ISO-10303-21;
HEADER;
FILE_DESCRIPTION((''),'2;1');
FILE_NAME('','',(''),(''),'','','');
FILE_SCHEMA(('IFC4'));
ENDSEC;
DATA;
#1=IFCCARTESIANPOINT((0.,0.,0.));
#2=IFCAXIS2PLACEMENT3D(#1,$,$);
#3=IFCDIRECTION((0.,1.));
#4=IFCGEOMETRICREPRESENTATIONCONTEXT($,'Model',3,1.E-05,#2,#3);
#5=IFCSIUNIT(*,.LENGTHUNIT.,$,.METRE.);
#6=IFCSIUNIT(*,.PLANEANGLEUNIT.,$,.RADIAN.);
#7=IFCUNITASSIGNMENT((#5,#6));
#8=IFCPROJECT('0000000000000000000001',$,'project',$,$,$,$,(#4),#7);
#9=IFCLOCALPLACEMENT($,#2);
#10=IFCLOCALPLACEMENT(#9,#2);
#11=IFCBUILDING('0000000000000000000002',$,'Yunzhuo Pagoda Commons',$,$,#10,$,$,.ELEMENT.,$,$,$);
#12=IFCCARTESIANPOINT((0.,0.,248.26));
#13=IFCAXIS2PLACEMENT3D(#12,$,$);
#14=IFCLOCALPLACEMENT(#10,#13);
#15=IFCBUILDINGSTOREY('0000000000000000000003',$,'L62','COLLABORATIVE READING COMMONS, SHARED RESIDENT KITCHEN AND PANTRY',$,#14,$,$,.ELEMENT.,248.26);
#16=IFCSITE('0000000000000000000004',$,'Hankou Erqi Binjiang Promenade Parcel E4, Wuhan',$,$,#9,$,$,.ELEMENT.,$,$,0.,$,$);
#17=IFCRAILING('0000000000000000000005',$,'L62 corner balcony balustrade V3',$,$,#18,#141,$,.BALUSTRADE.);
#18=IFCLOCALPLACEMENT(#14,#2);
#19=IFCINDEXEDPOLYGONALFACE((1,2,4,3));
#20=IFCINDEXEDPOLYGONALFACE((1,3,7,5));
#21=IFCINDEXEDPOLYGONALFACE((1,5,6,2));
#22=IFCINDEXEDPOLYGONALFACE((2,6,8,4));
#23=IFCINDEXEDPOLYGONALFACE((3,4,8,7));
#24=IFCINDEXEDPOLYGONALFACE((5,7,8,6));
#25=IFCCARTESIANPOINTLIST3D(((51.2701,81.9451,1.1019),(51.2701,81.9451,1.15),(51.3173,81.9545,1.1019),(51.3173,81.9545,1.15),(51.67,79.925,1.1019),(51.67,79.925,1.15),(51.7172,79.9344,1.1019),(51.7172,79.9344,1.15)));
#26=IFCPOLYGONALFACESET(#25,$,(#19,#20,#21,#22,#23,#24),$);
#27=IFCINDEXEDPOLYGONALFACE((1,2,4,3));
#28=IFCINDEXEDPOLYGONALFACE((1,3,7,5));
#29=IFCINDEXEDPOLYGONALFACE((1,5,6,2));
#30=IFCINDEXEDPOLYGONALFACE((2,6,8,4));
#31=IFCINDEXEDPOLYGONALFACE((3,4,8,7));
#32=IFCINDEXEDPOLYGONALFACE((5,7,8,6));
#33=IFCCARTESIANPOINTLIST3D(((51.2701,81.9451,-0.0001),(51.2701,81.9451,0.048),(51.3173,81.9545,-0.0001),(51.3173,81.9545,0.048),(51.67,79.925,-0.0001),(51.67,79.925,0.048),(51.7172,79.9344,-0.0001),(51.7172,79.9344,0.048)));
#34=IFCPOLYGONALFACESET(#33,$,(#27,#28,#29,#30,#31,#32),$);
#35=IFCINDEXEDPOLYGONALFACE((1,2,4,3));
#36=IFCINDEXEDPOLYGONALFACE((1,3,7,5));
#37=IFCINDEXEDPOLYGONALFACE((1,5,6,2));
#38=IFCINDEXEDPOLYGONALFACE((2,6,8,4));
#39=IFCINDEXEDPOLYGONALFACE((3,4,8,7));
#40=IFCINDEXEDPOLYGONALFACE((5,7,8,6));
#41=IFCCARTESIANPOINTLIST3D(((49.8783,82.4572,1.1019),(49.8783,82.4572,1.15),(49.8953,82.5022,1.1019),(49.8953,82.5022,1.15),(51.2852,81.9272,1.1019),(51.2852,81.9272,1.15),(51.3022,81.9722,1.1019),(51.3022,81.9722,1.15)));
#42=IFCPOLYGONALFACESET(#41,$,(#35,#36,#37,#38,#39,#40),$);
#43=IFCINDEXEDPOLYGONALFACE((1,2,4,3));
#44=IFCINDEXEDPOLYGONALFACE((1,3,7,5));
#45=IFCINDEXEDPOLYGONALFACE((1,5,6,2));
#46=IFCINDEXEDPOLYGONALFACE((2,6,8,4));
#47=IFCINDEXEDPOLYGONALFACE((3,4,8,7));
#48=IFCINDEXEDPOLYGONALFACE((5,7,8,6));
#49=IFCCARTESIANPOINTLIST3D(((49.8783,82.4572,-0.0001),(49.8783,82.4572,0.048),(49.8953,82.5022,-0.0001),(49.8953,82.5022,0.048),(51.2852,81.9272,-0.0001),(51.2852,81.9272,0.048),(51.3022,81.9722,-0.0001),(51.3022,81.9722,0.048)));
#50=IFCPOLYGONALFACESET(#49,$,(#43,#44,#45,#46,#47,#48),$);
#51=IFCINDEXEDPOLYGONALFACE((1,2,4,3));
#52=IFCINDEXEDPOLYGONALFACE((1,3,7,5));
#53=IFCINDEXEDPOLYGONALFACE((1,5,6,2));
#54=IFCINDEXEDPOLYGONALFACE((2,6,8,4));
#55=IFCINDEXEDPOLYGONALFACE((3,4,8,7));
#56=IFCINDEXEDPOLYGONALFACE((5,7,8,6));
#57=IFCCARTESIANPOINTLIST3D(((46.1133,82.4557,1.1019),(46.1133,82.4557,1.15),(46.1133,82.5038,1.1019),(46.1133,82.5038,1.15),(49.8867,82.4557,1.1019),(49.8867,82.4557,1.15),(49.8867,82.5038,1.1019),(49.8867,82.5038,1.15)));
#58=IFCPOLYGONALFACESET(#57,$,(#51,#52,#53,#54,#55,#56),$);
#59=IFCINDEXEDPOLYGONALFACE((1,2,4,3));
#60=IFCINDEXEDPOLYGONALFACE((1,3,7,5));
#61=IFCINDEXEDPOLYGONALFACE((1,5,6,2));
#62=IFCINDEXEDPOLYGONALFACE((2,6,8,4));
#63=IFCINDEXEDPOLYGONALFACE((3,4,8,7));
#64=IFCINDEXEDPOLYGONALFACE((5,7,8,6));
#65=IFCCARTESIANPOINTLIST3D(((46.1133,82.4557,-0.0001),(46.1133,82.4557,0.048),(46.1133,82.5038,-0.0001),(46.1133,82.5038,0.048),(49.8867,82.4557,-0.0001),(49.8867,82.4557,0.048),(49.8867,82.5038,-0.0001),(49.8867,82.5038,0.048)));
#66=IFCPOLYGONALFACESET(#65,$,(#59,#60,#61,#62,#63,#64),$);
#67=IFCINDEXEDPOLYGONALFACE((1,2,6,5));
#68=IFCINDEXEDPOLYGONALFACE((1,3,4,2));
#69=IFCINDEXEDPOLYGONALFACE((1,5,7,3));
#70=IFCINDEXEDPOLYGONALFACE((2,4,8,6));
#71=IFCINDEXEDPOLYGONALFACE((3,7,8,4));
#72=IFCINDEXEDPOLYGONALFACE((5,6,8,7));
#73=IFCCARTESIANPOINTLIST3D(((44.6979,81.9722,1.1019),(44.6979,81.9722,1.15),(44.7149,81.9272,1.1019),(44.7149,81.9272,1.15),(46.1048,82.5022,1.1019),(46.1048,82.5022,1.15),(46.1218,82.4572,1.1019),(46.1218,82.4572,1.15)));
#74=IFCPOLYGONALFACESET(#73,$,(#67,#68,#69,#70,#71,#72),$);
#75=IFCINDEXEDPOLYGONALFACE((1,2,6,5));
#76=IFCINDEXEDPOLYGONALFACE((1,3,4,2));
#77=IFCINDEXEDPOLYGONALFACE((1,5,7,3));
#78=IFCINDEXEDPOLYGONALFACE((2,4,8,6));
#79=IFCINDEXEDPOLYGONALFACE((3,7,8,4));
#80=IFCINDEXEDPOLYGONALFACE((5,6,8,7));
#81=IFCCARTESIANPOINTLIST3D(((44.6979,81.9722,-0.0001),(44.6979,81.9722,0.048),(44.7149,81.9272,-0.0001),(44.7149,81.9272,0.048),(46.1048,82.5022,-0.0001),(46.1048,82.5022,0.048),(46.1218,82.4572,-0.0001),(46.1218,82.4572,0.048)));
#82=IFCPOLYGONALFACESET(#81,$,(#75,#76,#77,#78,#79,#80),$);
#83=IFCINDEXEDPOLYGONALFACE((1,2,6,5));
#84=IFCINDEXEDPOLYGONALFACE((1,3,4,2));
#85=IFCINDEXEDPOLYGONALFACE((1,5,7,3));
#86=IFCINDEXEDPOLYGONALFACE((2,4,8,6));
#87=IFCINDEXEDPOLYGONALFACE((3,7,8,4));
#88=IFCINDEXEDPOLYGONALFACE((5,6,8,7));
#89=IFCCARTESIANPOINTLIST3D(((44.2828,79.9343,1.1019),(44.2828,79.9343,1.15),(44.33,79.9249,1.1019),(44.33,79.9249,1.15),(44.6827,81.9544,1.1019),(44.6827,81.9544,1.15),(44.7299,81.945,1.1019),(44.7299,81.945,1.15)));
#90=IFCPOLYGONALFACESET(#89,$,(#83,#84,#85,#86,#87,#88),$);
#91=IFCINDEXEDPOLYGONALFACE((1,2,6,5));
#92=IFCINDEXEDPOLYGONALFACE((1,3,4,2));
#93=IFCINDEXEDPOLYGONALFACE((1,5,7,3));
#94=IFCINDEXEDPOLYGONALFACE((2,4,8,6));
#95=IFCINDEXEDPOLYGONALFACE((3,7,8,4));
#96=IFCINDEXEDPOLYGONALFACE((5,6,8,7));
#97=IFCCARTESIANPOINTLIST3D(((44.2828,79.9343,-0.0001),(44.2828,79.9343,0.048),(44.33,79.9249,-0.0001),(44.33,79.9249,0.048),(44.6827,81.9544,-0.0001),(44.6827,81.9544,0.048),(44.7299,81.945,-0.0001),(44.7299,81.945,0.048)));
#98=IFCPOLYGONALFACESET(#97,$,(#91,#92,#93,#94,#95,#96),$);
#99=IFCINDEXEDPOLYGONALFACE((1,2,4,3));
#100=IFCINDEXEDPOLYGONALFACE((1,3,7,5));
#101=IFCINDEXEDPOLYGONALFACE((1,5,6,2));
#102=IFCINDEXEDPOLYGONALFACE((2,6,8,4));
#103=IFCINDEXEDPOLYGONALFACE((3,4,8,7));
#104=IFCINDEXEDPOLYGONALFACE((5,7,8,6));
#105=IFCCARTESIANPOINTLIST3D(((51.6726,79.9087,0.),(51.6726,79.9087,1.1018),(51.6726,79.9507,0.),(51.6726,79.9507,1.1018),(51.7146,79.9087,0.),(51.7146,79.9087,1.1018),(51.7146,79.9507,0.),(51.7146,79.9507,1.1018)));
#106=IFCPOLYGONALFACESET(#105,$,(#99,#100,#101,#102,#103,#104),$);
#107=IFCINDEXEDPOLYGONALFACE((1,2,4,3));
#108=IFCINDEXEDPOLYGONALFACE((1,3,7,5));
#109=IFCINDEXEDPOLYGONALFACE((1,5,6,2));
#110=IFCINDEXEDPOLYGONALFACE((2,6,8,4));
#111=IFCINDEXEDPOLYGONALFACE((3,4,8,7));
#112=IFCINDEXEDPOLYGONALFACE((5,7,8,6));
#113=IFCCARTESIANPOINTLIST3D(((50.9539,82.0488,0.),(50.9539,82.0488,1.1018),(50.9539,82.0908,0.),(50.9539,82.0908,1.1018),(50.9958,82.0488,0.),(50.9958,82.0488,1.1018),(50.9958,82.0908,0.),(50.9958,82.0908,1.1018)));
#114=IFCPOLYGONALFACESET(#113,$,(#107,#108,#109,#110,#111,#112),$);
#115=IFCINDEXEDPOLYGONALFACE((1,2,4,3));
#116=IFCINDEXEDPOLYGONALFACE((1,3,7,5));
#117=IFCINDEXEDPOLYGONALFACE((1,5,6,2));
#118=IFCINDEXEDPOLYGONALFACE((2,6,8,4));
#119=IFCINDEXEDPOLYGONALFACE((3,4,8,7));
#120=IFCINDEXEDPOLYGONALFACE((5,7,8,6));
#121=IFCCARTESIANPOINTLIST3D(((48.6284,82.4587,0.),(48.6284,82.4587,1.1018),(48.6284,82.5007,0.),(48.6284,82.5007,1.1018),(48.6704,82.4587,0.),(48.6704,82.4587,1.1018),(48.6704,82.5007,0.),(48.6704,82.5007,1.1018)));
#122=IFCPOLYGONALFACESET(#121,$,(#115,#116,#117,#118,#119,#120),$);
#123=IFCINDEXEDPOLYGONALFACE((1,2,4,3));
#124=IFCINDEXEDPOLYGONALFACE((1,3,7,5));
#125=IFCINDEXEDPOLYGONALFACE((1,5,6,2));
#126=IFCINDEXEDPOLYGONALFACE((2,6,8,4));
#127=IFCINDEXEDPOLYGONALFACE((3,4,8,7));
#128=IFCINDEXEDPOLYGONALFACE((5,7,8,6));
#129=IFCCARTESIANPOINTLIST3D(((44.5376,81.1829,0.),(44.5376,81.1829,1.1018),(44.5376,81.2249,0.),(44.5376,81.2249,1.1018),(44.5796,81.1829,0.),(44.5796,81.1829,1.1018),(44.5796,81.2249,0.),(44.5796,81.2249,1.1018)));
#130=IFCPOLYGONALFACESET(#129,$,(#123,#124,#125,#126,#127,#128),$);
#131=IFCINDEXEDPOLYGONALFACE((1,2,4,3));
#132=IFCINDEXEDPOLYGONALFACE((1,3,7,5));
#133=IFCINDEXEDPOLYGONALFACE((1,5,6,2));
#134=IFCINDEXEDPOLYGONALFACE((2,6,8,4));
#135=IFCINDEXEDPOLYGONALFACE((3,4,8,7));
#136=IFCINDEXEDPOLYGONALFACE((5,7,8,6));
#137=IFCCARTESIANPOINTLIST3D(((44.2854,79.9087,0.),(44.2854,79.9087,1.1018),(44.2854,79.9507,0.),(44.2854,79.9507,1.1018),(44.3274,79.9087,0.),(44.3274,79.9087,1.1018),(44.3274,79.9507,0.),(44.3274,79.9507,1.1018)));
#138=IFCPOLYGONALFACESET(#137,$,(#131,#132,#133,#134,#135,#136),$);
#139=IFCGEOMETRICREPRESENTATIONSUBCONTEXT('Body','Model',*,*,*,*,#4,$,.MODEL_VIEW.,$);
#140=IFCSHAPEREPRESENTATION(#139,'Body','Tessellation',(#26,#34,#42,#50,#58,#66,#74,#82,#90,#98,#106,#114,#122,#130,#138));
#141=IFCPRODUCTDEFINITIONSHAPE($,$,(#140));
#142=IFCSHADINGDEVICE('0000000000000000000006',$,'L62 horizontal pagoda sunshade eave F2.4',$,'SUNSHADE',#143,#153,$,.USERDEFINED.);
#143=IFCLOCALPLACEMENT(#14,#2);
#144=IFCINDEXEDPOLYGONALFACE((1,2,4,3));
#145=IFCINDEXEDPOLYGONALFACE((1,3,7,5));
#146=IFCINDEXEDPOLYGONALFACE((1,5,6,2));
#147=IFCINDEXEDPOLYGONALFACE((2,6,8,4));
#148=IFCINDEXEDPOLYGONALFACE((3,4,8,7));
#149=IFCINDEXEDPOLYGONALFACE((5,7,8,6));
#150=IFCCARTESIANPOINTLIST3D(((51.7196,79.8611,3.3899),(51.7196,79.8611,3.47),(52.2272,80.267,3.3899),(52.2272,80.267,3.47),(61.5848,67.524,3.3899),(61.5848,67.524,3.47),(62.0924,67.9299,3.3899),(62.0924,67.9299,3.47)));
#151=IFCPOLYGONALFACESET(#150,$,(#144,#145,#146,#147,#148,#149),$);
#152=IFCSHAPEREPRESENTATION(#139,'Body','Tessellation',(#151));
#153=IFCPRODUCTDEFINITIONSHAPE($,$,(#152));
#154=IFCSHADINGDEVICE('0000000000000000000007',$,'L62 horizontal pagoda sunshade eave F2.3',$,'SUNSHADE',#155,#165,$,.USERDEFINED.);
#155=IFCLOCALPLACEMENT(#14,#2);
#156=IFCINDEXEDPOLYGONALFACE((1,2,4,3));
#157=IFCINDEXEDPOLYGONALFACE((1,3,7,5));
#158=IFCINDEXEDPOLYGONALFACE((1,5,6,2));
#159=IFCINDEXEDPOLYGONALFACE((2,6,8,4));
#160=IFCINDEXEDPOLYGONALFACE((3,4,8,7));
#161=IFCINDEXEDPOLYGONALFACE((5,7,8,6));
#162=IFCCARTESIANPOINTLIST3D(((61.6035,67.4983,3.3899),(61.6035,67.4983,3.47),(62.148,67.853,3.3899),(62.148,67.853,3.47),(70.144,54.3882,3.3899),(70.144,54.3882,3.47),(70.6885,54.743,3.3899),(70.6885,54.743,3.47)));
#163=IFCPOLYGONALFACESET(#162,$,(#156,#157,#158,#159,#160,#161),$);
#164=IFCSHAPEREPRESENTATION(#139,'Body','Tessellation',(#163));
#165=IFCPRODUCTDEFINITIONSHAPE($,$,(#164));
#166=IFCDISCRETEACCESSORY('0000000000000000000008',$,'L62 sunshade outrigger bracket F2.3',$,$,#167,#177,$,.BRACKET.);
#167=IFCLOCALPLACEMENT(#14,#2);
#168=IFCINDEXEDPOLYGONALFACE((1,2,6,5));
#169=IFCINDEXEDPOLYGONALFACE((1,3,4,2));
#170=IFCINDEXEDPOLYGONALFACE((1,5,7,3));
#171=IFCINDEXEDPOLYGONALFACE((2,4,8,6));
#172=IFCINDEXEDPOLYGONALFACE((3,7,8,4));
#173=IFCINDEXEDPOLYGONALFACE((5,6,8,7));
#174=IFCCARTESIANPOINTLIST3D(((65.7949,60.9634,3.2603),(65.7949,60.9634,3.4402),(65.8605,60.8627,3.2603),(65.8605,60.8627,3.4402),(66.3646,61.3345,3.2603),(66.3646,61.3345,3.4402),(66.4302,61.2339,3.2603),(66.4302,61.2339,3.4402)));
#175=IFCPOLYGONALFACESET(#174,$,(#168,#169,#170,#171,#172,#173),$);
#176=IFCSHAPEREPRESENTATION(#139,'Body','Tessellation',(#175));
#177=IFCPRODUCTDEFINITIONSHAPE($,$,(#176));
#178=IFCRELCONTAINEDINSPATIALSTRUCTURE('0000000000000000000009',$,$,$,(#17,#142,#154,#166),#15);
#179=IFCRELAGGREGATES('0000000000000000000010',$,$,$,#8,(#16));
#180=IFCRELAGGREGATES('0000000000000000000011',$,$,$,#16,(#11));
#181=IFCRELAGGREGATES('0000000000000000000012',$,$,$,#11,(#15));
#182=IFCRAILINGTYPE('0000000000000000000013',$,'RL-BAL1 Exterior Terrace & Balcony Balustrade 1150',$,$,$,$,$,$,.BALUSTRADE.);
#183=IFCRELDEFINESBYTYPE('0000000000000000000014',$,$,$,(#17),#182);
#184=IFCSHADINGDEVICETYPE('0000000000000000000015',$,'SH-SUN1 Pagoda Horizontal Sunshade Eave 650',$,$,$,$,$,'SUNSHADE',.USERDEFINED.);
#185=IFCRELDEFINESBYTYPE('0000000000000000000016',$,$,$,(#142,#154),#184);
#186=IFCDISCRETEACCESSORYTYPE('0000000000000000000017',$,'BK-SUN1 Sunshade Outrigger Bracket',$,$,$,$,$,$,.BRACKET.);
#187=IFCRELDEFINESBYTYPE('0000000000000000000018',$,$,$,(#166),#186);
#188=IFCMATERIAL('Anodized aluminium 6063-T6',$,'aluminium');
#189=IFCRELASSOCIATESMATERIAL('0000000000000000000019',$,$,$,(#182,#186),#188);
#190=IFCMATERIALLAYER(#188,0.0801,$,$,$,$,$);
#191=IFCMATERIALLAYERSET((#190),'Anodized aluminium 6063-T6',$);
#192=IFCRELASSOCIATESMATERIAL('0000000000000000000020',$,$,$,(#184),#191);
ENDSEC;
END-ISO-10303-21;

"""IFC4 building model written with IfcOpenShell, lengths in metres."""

from ifc_helpers import new_model, si_unit, direction, frame, origin, origin_2d, place, context, subcontext, project, spatial, rectangle, extrude, source, transform, mapped, material, layer, layer_set, type_object, element, save


model = new_model("IFC4")

# Units and contexts
model_context = context("Model", 3, precision=1e-05, world=origin(), true_north=direction((0.0, 1.0)))
body_context = subcontext(model_context, "Body", "Model", "MODEL_VIEW")
ifc_project = project(units=[si_unit("LENGTHUNIT", "METRE"), si_unit("PLANEANGLEUNIT", "RADIAN")], contexts=[model_context])

# Site, building, storey
site_placement = place(None, origin())
site = spatial("IfcSite", under=ifc_project, at=site_placement, Name="Hankou Erqi Binjiang Promenade Parcel E4, Wuhan", CompositionType="ELEMENT", RefElevation=0.0)
building_placement = place(site_placement, origin())
building = spatial("IfcBuilding", under=site, at=building_placement, Name="Yunzhuo Pagoda Commons", CompositionType="ELEMENT")
storey_placement = place(building_placement, frame((0.0, 0.0, 248.26)))
storey = spatial("IfcBuildingStorey", under=building, at=storey_placement, Name="L62", Description="COLLABORATIVE READING COMMONS, SHARED RESIDENT KITCHEN AND PANTRY", CompositionType="ELEMENT", Elevation=248.26)

# Shared definitions
ifc_material_1 = material(Name="Anodized aluminium 6063-T6", Category="aluminium")

# Railing
railing_type_1 = type_object("IfcRailingType", Name="RL-BAL1 Exterior Terrace & Balcony Balustrade 1150", PredefinedType="BALUSTRADE", material=ifc_material_1)
railing_1_placement = place(storey_placement, frame((51.6936, 79.9297, 0.0)))
element("IfcRailing", 1, at=railing_1_placement, inside=storey, type_object=railing_type_1, Name="L62 corner balcony balustrade V3", PredefinedType="BALUSTRADE", context=body_context, shape_type="SweptSolid", body=[
    extrude(rectangle(XDim=0.0481, YDim=0.0481, at=origin_2d()), frame((0.0, 0.0, 1.126), z_axis=(-0.194201, 0.980962, 0.0), x_axis=(-0.980962, -0.194201, 0.0)), (0.0, 0.0, 1.0), 2.0593),
    extrude(rectangle(XDim=0.0481, YDim=0.0481, at=origin_2d()), frame((0.0, 0.0, 0.0239), z_axis=(-0.194201, 0.980962, 0.0), x_axis=(-0.980962, -0.194201, 0.0)), (0.0, 0.0, 1.0), 2.0593),
    extrude(rectangle(XDim=0.0481, YDim=0.0481, at=origin_2d()), frame((-0.3999, 2.02, 1.126), z_axis=(-0.935801, 0.352529, 0.0), x_axis=(-0.352529, -0.935801, 0.0)), (0.0, 0.0, 1.0), 1.5034),
    extrude(rectangle(XDim=0.0481, YDim=0.0481, at=origin_2d()), frame((-0.3999, 2.02, 0.0239), z_axis=(-0.935801, 0.352529, 0.0), x_axis=(-0.352529, -0.935801, 0.0)), (0.0, 0.0, 1.0), 1.5034),
    extrude(rectangle(XDim=0.0481, YDim=0.0481, at=origin_2d()), frame((-1.8069, 2.55, 1.126), z_axis=(-1.0, 0.0, 0.0), x_axis=(0.0, -1.0, 0.0)), (0.0, 0.0, 1.0), 3.7734),
    extrude(rectangle(XDim=0.0481, YDim=0.0481, at=origin_2d()), frame((-1.8069, 2.55, 0.0239), z_axis=(-1.0, 0.0, 0.0), x_axis=(0.0, -1.0, 0.0)), (0.0, 0.0, 1.0), 3.7734),
    extrude(rectangle(XDim=0.0481, YDim=0.0481, at=origin_2d()), frame((-5.5803, 2.55, 1.126), z_axis=(-0.935801, -0.352529, 0.0), x_axis=(0.352529, -0.935801, 0.0)), (0.0, 0.0, 1.0), 1.5034),
    extrude(rectangle(XDim=0.0481, YDim=0.0481, at=origin_2d()), frame((-5.5803, 2.55, 0.0239), z_axis=(-0.935801, -0.352529, 0.0), x_axis=(0.352529, -0.935801, 0.0)), (0.0, 0.0, 1.0), 1.5034),
    extrude(rectangle(XDim=0.0481, YDim=0.0481, at=origin_2d()), frame((-6.9873, 2.02, 1.126), z_axis=(-0.194201, -0.980962, 0.0), x_axis=(0.980962, -0.194201, 0.0)), (0.0, 0.0, 1.0), 2.0593),
    extrude(rectangle(XDim=0.0481, YDim=0.0481, at=origin_2d()), frame((-6.9873, 2.02, 0.0239), z_axis=(-0.194201, -0.980962, 0.0), x_axis=(0.980962, -0.194201, 0.0)), (0.0, 0.0, 1.0), 2.0593),
    extrude(rectangle(XDim=0.042, YDim=0.042, at=origin_2d()), origin(), (0.0, 0.0, 1.0), 1.1018),
    extrude(rectangle(XDim=0.042, YDim=0.042, at=origin_2d()), frame((-0.7188, 2.1401, 0.0)), (0.0, 0.0, 1.0), 1.1018),
    extrude(rectangle(XDim=0.042, YDim=0.042, at=origin_2d()), frame((-3.0442, 2.55, 0.0)), (0.0, 0.0, 1.0), 1.1018),
    extrude(rectangle(XDim=0.042, YDim=0.042, at=origin_2d()), frame((-7.135, 1.2742, 0.0)), (0.0, 0.0, 1.0), 1.1018),
    extrude(rectangle(XDim=0.042, YDim=0.042, at=origin_2d()), frame((-7.3872, 0.0, 0.0)), (0.0, 0.0, 1.0), 1.1018),
])

# Shading devices
ifc_layer_1 = layer(ifc_material_1, 0.0801)
ifc_layer_set_1 = layer_set([ifc_layer_1], Name="Anodized aluminium 6063-T6")
shading_device_type = type_object("IfcShadingDeviceType", Name="SH-SUN1 Pagoda Horizontal Sunshade Eave 650", ElementType="SUNSHADE", PredefinedType="USERDEFINED", material=ifc_layer_set_1)
shared_shape_1 = source(origin(), body_context, "Body", "SweptSolid", [
    extrude(rectangle(XDim=15.7964, YDim=0.6499, at=origin_2d()), origin(), (0.0, 0.0, 1.0), 0.0801),
])
shading_device_1_placement = place(storey_placement, frame((56.906, 73.8955, 3.3899), z_axis=(0.0, 0.0, 1.0), x_axis=(-0.62452, 0.781008, 0.0)))
element("IfcShadingDevice", 2, at=shading_device_1_placement, inside=storey, type_object=shading_device_type, Name="L62 horizontal pagoda sunshade eave F2.4", ObjectType="SUNSHADE", PredefinedType="USERDEFINED", context=body_context, shape_type="MappedRepresentation", body=[
    mapped(shared_shape_1, transform((0.0, 0.0, 0.0), scale=1.0)),
])
shared_shape_2 = source(origin(), body_context, "Body", "SweptSolid", [
    extrude(rectangle(XDim=15.6465, YDim=0.6499, at=origin_2d()), origin(), (0.0, 0.0, 1.0), 0.0801),
])
shading_device_2_placement = place(storey_placement, frame((66.146, 61.1206, 3.3899), z_axis=(0.0, 0.0, 1.0), x_axis=(-0.545839, 0.83789, 0.0)))
element("IfcShadingDevice", 3, at=shading_device_2_placement, inside=storey, type_object=shading_device_type, Name="L62 horizontal pagoda sunshade eave F2.3", ObjectType="SUNSHADE", PredefinedType="USERDEFINED", context=body_context, shape_type="MappedRepresentation", body=[
    mapped(shared_shape_2, transform((0.0, 0.0, 0.0), scale=1.0)),
])

# Discrete accessory
discrete_accessory_type = type_object("IfcDiscreteAccessoryType", Name="BK-SUN1 Sunshade Outrigger Bracket", PredefinedType="BRACKET", material=ifc_material_1)
shared_shape_3 = source(origin(), body_context, "Body", "SweptSolid", [
    extrude(rectangle(XDim=0.1201, YDim=0.6799, at=origin_2d()), origin(), (0.0, 0.0, 1.0), 0.1799),
])
discrete_accessory_placement = place(storey_placement, frame((66.1125, 61.0986, 3.2603), z_axis=(0.0, 0.0, 1.0), x_axis=(-0.545839, 0.83789, 0.0)))
element("IfcDiscreteAccessory", 4, at=discrete_accessory_placement, inside=storey, type_object=discrete_accessory_type, Name="L62 sunshade outrigger bracket F2.3", PredefinedType="BRACKET", context=body_context, shape_type="MappedRepresentation", body=[
    mapped(shared_shape_3, transform((0.0, 0.0, 0.0), scale=1.0)),
])

save(model, "model.ifc")
